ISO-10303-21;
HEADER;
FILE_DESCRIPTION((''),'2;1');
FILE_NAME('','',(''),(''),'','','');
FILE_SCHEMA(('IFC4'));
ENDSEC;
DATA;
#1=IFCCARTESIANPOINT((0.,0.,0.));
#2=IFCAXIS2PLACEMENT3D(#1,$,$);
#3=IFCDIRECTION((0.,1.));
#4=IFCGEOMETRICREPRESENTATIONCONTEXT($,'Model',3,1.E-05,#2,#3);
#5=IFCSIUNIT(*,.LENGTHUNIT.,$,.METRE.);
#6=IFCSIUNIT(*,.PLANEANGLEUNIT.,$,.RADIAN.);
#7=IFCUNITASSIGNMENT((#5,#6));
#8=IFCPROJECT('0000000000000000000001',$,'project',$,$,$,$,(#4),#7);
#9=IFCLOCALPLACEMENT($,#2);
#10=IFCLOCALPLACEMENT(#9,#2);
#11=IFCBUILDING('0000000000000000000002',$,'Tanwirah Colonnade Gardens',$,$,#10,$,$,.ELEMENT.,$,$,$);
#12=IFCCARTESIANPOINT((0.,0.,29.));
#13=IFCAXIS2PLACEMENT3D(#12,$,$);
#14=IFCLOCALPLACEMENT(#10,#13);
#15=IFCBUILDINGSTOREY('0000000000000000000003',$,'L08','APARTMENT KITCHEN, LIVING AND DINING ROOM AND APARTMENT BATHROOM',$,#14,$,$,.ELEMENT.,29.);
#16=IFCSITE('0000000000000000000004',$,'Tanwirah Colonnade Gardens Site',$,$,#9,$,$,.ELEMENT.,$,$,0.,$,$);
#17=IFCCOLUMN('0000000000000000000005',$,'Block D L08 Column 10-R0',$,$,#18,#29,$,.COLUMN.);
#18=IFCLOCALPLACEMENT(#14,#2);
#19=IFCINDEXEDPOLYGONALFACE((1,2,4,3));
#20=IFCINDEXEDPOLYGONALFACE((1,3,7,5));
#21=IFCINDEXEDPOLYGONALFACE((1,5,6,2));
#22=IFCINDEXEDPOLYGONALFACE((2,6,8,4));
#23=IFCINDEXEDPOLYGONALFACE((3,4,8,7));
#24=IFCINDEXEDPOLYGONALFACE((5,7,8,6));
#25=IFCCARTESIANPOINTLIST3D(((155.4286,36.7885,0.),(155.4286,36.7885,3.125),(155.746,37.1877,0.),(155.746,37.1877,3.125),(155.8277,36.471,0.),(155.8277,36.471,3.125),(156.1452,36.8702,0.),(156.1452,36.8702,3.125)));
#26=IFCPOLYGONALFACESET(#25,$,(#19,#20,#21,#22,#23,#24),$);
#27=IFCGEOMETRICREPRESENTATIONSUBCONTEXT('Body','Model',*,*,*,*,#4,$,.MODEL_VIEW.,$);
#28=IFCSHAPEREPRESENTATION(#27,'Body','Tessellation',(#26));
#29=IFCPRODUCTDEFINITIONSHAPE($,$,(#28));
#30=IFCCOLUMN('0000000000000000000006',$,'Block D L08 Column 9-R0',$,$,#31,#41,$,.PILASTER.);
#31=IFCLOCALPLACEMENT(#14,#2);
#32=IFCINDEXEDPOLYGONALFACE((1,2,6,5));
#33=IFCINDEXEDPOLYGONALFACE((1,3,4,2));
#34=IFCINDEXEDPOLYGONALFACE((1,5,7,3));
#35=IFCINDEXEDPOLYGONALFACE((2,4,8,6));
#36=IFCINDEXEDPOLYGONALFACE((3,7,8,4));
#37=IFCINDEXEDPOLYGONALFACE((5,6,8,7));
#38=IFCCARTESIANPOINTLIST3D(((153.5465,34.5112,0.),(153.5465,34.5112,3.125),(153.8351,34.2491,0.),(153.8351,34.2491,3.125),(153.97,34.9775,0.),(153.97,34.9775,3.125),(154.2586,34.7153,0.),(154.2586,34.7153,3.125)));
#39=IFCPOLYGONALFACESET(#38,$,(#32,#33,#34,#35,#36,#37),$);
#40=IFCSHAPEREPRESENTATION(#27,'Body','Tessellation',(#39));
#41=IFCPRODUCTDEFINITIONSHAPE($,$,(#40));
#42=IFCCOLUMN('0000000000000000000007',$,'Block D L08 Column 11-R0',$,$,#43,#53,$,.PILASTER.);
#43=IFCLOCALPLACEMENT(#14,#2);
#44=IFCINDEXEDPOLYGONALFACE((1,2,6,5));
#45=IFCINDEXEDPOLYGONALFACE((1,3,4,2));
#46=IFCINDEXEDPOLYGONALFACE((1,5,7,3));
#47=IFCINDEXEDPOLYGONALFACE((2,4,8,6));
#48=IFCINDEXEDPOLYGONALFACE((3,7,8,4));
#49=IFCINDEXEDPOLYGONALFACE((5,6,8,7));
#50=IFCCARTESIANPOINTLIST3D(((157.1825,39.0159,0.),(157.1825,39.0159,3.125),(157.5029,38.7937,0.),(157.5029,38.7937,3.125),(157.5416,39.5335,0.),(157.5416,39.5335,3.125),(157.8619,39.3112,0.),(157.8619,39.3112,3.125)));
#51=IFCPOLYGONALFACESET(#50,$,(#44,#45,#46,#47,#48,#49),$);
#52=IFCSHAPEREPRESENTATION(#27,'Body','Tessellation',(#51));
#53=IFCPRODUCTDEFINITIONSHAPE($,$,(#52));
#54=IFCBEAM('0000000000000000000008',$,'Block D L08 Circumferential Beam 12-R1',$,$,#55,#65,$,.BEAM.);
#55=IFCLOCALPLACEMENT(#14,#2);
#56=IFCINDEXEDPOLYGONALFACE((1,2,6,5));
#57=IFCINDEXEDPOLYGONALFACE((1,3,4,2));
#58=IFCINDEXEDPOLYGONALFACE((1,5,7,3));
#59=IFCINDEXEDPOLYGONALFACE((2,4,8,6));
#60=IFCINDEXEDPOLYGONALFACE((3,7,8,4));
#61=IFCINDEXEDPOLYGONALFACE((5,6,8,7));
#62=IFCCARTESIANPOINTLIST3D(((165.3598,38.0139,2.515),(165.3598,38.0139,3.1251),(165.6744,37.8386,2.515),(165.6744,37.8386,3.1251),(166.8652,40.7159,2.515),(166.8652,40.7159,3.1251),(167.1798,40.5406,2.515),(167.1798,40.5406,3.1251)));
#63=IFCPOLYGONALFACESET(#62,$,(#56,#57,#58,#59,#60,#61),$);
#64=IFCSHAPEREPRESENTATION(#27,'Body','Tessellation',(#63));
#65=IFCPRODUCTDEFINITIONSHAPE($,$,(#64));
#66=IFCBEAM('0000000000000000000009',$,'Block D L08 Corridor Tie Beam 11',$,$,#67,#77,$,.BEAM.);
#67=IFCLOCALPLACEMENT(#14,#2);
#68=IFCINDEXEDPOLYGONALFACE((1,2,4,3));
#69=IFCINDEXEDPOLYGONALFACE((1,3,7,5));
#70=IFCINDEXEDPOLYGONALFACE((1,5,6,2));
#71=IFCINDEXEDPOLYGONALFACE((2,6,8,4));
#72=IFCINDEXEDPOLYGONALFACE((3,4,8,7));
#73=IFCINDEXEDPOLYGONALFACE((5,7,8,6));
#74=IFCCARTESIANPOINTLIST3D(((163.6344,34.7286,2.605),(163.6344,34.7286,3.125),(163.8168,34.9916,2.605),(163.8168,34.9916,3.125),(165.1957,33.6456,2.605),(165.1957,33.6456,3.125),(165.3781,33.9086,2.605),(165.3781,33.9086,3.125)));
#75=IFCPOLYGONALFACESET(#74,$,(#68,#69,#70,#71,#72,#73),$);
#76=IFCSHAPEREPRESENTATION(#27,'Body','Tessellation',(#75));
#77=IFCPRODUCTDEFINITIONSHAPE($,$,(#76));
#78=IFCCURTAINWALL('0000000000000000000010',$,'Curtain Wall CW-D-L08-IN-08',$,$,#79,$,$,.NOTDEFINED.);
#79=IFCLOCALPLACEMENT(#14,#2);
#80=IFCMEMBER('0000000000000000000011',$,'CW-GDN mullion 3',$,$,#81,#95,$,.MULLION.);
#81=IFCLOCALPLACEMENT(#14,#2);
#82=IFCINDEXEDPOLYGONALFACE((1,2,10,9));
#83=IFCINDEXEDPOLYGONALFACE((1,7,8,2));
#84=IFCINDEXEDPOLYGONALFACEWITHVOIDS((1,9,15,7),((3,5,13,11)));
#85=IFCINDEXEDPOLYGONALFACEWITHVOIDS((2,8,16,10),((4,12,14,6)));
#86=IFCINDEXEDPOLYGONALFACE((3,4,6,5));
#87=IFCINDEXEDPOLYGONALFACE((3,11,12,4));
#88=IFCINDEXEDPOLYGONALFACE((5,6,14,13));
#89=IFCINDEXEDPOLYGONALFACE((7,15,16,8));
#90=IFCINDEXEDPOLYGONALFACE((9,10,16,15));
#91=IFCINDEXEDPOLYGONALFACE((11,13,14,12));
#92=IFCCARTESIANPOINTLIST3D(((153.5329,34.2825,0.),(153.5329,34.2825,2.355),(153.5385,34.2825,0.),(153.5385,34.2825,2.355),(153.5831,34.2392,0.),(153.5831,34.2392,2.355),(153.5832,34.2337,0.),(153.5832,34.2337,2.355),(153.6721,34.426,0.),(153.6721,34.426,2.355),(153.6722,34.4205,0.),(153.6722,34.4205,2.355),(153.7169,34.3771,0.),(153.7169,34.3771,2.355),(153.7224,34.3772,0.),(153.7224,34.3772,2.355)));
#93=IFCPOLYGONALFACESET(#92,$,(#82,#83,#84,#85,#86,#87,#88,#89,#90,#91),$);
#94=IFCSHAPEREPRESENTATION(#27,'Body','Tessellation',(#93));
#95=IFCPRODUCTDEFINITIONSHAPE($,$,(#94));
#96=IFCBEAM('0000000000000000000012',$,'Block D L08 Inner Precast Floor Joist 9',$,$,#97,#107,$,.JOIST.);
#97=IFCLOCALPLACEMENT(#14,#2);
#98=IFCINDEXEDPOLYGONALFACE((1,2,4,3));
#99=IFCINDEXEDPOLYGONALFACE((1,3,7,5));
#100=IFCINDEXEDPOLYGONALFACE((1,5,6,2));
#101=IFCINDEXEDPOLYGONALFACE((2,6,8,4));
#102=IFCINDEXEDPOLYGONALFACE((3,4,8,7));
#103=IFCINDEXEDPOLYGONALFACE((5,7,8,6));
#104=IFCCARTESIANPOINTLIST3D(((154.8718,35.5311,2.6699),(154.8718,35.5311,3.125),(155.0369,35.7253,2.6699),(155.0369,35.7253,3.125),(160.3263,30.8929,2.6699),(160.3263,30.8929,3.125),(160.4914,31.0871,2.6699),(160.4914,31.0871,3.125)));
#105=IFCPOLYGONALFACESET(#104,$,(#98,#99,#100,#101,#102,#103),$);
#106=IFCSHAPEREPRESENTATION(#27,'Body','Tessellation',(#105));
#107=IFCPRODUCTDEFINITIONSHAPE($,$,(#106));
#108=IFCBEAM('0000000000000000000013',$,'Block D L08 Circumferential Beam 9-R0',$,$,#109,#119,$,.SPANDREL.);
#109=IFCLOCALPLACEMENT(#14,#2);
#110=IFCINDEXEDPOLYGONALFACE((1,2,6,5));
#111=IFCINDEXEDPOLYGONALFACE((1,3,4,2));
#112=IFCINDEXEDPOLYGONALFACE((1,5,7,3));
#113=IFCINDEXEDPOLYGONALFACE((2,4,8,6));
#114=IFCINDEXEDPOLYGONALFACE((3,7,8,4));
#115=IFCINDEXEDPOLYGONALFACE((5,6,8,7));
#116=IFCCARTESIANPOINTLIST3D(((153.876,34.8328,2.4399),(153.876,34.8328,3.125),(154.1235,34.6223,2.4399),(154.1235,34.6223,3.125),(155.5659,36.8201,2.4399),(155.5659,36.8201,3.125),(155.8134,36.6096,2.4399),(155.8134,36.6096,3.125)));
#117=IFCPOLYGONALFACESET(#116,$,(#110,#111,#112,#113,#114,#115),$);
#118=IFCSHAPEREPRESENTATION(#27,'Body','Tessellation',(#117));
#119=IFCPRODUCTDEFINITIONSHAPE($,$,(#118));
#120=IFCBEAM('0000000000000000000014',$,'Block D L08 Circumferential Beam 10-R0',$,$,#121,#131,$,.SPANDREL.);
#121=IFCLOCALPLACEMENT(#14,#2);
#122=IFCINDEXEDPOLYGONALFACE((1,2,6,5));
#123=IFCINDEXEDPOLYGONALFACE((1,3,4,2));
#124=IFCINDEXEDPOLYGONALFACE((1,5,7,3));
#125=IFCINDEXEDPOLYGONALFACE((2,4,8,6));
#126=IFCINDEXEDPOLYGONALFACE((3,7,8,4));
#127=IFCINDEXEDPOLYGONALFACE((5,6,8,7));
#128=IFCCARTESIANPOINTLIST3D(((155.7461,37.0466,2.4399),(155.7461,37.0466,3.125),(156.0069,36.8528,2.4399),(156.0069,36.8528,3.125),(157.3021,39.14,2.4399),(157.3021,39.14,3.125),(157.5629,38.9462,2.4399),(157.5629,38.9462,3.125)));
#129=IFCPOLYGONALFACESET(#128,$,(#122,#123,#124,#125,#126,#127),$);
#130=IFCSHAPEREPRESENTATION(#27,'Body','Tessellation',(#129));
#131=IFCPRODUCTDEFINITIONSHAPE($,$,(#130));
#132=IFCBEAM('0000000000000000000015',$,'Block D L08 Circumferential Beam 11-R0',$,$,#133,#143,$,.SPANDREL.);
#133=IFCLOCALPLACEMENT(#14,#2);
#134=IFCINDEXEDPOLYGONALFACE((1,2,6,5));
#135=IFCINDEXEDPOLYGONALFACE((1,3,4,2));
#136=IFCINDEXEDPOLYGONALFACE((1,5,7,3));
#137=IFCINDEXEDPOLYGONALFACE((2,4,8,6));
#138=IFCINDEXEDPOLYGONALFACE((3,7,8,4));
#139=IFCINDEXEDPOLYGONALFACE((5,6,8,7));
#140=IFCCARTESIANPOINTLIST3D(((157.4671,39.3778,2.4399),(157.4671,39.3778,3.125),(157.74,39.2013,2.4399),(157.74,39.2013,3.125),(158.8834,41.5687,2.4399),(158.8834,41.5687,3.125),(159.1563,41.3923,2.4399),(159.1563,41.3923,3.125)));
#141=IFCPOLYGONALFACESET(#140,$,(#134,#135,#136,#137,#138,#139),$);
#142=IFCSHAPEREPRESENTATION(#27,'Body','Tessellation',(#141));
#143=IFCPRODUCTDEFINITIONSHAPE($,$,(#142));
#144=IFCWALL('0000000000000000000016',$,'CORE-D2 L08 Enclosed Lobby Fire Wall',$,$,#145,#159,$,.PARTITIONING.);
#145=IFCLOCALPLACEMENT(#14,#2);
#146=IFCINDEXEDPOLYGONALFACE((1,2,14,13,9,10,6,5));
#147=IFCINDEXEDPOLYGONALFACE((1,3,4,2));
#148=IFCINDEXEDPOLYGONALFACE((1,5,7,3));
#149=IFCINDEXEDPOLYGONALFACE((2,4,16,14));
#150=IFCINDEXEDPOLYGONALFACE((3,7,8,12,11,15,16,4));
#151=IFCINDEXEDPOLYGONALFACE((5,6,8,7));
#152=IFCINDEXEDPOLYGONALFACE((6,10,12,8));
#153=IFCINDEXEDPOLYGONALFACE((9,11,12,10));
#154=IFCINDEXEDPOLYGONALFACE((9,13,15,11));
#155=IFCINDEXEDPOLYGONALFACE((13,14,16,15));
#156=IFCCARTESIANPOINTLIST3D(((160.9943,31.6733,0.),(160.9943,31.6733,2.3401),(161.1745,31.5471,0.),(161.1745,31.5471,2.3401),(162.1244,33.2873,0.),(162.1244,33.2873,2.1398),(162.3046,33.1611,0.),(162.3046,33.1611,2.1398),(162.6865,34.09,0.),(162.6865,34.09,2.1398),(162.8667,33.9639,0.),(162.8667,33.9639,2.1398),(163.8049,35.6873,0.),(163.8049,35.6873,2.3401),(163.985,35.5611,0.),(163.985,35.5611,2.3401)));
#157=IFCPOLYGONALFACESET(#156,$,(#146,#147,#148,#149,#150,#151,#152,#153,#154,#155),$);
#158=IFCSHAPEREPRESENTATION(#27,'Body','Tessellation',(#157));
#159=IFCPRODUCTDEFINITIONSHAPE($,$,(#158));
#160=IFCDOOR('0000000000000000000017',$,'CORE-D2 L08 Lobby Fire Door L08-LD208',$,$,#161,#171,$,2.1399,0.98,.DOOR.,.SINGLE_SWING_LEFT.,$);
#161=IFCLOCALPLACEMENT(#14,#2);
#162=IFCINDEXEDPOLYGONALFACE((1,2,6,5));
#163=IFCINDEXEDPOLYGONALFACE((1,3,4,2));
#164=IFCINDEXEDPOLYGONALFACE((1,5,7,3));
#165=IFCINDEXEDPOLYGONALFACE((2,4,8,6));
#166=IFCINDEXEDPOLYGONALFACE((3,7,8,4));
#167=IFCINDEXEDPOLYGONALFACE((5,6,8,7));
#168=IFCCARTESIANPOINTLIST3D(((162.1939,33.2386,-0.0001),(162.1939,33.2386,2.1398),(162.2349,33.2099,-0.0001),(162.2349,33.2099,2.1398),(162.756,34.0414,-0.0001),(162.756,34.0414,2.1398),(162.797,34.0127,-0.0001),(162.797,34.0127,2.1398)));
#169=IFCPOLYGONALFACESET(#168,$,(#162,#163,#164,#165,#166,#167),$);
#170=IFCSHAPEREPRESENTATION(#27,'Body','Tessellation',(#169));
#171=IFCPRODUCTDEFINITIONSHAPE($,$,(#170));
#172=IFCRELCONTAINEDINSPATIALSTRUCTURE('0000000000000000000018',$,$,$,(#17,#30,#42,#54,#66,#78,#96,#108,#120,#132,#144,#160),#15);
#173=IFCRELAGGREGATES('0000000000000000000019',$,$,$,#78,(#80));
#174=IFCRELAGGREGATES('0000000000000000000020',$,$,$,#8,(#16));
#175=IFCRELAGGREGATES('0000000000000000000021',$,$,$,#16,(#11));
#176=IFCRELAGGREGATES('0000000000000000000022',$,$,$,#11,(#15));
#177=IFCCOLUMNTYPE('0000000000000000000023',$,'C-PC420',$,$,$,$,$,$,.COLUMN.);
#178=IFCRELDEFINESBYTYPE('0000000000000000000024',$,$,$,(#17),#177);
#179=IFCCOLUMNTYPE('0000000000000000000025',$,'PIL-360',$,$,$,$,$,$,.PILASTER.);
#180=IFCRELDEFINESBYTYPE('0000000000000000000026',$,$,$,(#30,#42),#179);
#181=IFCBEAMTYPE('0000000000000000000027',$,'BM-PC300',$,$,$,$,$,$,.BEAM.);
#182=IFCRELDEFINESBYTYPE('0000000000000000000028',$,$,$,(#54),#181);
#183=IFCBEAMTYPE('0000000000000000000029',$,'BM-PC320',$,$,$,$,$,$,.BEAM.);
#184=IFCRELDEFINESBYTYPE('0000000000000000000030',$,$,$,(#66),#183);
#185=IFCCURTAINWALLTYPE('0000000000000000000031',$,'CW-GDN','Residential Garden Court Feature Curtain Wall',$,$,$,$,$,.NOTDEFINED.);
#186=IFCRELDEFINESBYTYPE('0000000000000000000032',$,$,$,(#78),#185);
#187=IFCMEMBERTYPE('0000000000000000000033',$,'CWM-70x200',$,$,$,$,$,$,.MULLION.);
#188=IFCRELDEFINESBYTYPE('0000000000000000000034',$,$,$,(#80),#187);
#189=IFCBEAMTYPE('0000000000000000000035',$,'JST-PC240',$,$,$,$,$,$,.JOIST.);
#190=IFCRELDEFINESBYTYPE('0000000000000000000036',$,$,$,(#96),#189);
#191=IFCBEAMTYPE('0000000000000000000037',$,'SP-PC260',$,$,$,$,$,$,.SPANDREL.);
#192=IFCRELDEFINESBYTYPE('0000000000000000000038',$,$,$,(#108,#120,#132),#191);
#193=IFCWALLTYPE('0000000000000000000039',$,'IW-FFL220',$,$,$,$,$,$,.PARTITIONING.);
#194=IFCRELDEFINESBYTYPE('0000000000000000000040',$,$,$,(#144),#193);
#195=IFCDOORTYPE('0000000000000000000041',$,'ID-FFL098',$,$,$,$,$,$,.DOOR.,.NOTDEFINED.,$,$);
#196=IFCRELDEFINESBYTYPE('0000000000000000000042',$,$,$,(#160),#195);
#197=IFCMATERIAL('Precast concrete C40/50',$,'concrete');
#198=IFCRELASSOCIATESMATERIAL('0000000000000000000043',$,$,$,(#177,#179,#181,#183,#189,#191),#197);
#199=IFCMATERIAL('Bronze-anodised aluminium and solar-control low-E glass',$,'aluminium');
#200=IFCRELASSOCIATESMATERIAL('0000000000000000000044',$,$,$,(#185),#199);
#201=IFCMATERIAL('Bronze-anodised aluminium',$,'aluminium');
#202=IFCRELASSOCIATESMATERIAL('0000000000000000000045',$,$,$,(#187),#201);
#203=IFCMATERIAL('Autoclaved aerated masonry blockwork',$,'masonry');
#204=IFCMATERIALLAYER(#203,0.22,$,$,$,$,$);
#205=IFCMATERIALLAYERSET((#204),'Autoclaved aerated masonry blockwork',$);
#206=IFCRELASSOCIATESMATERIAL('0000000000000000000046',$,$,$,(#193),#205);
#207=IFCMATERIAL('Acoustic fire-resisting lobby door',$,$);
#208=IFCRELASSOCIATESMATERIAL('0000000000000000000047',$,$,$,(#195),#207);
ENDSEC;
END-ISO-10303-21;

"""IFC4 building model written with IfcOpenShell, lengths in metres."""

from ifc_helpers import new_model, si_unit, direction, frame, frame_2d, origin, origin_2d, place, context, subcontext, project, spatial, rectangle, hollow_rectangle, extrude, material, layer, layer_set, material_profile, profile_set, type_object, element, fill, aggregate, save


model = new_model("IFC4")

# Units and contexts
model_context = context("Model", 3, precision=1e-05, world=origin(), true_north=direction((0.0, 1.0)))
body_context = subcontext(model_context, "Body", "Model", "MODEL_VIEW")
ifc_project = project(units=[si_unit("LENGTHUNIT", "METRE"), si_unit("PLANEANGLEUNIT", "RADIAN")], contexts=[model_context])

# Site, building, storey
site_placement = place(None, origin())
site = spatial("IfcSite", under=ifc_project, at=site_placement, Name="Tanwirah Colonnade Gardens Site", CompositionType="ELEMENT", RefElevation=0.0)
building_placement = place(site_placement, origin())
building = spatial("IfcBuilding", under=site, at=building_placement, Name="Tanwirah Colonnade Gardens", CompositionType="ELEMENT")
storey_placement = place(building_placement, frame((0.0, 0.0, 29.0)))
storey = spatial("IfcBuildingStorey", under=building, at=storey_placement, Name="L08", Description="APARTMENT KITCHEN, LIVING AND DINING ROOM AND APARTMENT BATHROOM", CompositionType="ELEMENT", Elevation=29.0)

# Columns
ifc_material_1 = material(Name="Precast concrete C40/50", Category="concrete")
ifc_material_profile_1 = material_profile(ifc_material_1, rectangle(XDim=0.51, YDim=0.51, at=origin_2d()), Name="PC-COL 510x510")
ifc_profile_set_1 = profile_set([ifc_material_profile_1], Name="Precast concrete C40/50")
column_type_1 = type_object("IfcColumnType", Name="C-PC420", PredefinedType="COLUMN", material=ifc_profile_set_1)
column_placement = place(storey_placement, frame((155.7869, 36.8293, 0.0), z_axis=(0.0, 0.0, 1.0), x_axis=(0.782608, -0.622515, 0.0)))
element("IfcColumn", 1, at=column_placement, inside=storey, type_object=column_type_1, Name="Block D L08 Column 10-R0", PredefinedType="COLUMN", context=body_context, shape_type="SweptSolid", body=[
    extrude(rectangle(XDim=0.51, YDim=0.51, at=origin_2d()), origin(), (0.0, 0.0, 1.0), 3.125),
])
ifc_material_profile_2 = material_profile(ifc_material_1, rectangle(XDim=0.3899, YDim=0.6299, at=origin_2d()), Name="PC-PIL 390x630")
ifc_profile_set_2 = profile_set([ifc_material_profile_2], Name="Precast concrete C40/50")
column_type_2 = type_object("IfcColumnType", Name="PIL-360", PredefinedType="PILASTER", material=ifc_profile_set_2)
for number, where, z_axis, x_axis, name in (
    (2, (153.9026, 34.6133, 0.0), (0.0, 0.0, 1.0), (0.740218, -0.672367, 0.0), "Block D L08 Column 9-R0"),
    (3, (157.5222, 39.1636, 0.0), (0.0, 0.0, 1.0), (0.821647, -0.569997, 0.0), "Block D L08 Column 11-R0"),
):
    element("IfcColumn", number, at=place(storey_placement, frame(where, z_axis=z_axis, x_axis=x_axis)), inside=storey, type_object=column_type_2, Name=name, PredefinedType="PILASTER", context=body_context, shape_type="SweptSolid", body=[
        extrude(rectangle(XDim=0.3899, YDim=0.6299, at=origin_2d()), origin(), (0.0, 0.0, 1.0), 3.125),
    ])

# Beams
ifc_material_profile_3 = material_profile(ifc_material_1, rectangle(XDim=0.3601, YDim=0.6101, at=origin_2d()), Name="PC-BM 360x610")
ifc_profile_set_3 = profile_set([ifc_material_profile_3], Name="Precast concrete C40/50")
beam_type_1 = type_object("IfcBeamType", Name="BM-PC300", PredefinedType="BEAM", material=ifc_profile_set_3)
beam_1_placement = place(storey_placement, frame((165.5171, 37.9263, 2.8201), z_axis=(0.486708, 0.873565, 0.0), x_axis=(-0.873565, 0.486708, 0.0)))
element("IfcBeam", 4, at=beam_1_placement, inside=storey, type_object=beam_type_1, Name="Block D L08 Circumferential Beam 12-R1", PredefinedType="BEAM", context=body_context, shape_type="SweptSolid", body=[
    extrude(rectangle(XDim=0.3601, YDim=0.6101, at=origin_2d()), origin(), (0.0, 0.0, 1.0), 3.093),
])
ifc_material_profile_4 = material_profile(ifc_material_1, rectangle(XDim=0.3201, YDim=0.52, at=origin_2d()), Name="PC-BM 320x520")
ifc_profile_set_4 = profile_set([ifc_material_profile_4], Name="Precast concrete C40/50")
beam_type_2 = type_object("IfcBeamType", Name="BM-PC320", PredefinedType="BEAM", material=ifc_profile_set_4)
beam_2_placement = place(storey_placement, frame((163.7256, 34.8601, 2.865), z_axis=(0.821669, -0.569965, 0.0), x_axis=(0.569965, 0.821669, 0.0)))
element("IfcBeam", 5, at=beam_2_placement, inside=storey, type_object=beam_type_2, Name="Block D L08 Corridor Tie Beam 11", PredefinedType="BEAM", context=body_context, shape_type="SweptSolid", body=[
    extrude(rectangle(XDim=0.3201, YDim=0.52, at=origin_2d()), origin(), (0.0, 0.0, 1.0), 1.9001),
])

# Curtain wall, member
ifc_material_2 = material(Name="Bronze-anodised aluminium and solar-control low-E glass", Category="aluminium")
curtain_wall_type = type_object("IfcCurtainWallType", Name="CW-GDN", Description="Residential Garden Court Feature Curtain Wall", PredefinedType="NOTDEFINED", material=ifc_material_2)
curtain_wall_placement = place(storey_placement, origin())
curtain_wall = element("IfcCurtainWall", 6, at=curtain_wall_placement, inside=storey, type_object=curtain_wall_type, Name="Curtain Wall CW-D-L08-IN-08", PredefinedType="NOTDEFINED")
ifc_material_3 = material(Name="Bronze-anodised aluminium", Category="aluminium")
ifc_material_profile_5 = material_profile(ifc_material_3, hollow_rectangle(XDim=0.0701, YDim=0.2, WallThickness=0.0039, at=origin_2d()), Name="CW-MUL 70x200x4")
ifc_profile_set_5 = profile_set([ifc_material_profile_5], Name="Bronze-anodised aluminium")
member_type = type_object("IfcMemberType", Name="CWM-70x200", PredefinedType="MULLION", material=ifc_profile_set_5)
member_placement = place(storey_placement, frame((153.6277, 34.3298, 0.0), z_axis=(0.0, 0.0, 1.0), x_axis=(-0.717825, 0.696223, 0.0)))
member = element("IfcMember", 7, at=member_placement, type_object=member_type, Name="CW-GDN mullion 3", PredefinedType="MULLION", context=body_context, shape_type="SweptSolid", body=[
    extrude(hollow_rectangle(XDim=0.0701, YDim=0.2, WallThickness=0.0039, at=origin_2d()), origin(), (0.0, 0.0, 1.0), 2.355),
])
aggregate(curtain_wall, [member])

# Beams
ifc_material_profile_6 = material_profile(ifc_material_1, rectangle(XDim=0.2549, YDim=0.4551, at=origin_2d()), Name="PC-JST 255x455")
ifc_profile_set_6 = profile_set([ifc_material_profile_6], Name="Precast concrete C40/50")
beam_type_3 = type_object("IfcBeamType", Name="JST-PC240", PredefinedType="JOIST", material=ifc_profile_set_6)
beam_3_placement = place(storey_placement, frame((154.9543, 35.6282, 2.8975), z_axis=(0.761816, -0.647793, 0.0), x_axis=(0.647793, 0.761816, 0.0)))
element("IfcBeam", 8, at=beam_3_placement, inside=storey, type_object=beam_type_3, Name="Block D L08 Inner Precast Floor Joist 9", PredefinedType="JOIST", context=body_context, shape_type="SweptSolid", body=[
    extrude(rectangle(XDim=0.2549, YDim=0.4551, at=origin_2d()), origin(), (0.0, 0.0, 1.0), 7.1599),
])
ifc_material_profile_7 = material_profile(ifc_material_1, rectangle(XDim=0.325, YDim=0.6851, at=origin_2d()), Name="PC-SP 325x685")
ifc_profile_set_7 = profile_set([ifc_material_profile_7], Name="Precast concrete C40/50")
beam_type_4 = type_object("IfcBeamType", Name="SP-PC260", PredefinedType="SPANDREL", material=ifc_profile_set_7)
beam_4_placement = place(storey_placement, frame((153.9998, 34.7275, 2.7825), z_axis=(0.647811, 0.761801, 0.0), x_axis=(-0.761801, 0.647811, 0.0)))
element("IfcBeam", 9, at=beam_4_placement, inside=storey, type_object=beam_type_4, Name="Block D L08 Circumferential Beam 9-R0", PredefinedType="SPANDREL", context=body_context, shape_type="SweptSolid", body=[
    extrude(rectangle(XDim=0.325, YDim=0.6851, at=origin_2d()), origin(), (0.0, 0.0, 1.0), 2.6086),
])
beam_5_placement = place(storey_placement, frame((155.8765, 36.9497, 2.7825), z_axis=(0.596565, 0.802565, 0.0), x_axis=(-0.802565, 0.596565, 0.0)))
element("IfcBeam", 10, at=beam_5_placement, inside=storey, type_object=beam_type_4, Name="Block D L08 Circumferential Beam 10-R0", PredefinedType="SPANDREL", context=body_context, shape_type="SweptSolid", body=[
    extrude(rectangle(XDim=0.325, YDim=0.6851, at=origin_2d()), origin(), (0.0, 0.0, 1.0), 2.6084),
])
beam_6_placement = place(storey_placement, frame((157.6035, 39.2896, 2.7825), z_axis=(0.542875, 0.839814, 0.0), x_axis=(-0.839814, 0.542875, 0.0)))
element("IfcBeam", 11, at=beam_6_placement, inside=storey, type_object=beam_type_4, Name="Block D L08 Circumferential Beam 11-R0", PredefinedType="SPANDREL", context=body_context, shape_type="SweptSolid", body=[
    extrude(rectangle(XDim=0.325, YDim=0.6851, at=origin_2d()), origin(), (0.0, 0.0, 1.0), 2.6089),
])

# Wall, opening, door
ifc_material_4 = material(Name="Autoclaved aerated masonry blockwork", Category="masonry")
ifc_layer_1 = layer(ifc_material_4, 0.22)
ifc_layer_set_1 = layer_set([ifc_layer_1], Name="Autoclaved aerated masonry blockwork")
wall_type_1 = type_object("IfcWallType", Name="IW-FFL220", PredefinedType="PARTITIONING", material=ifc_layer_set_1)
wall_1_placement = place(storey_placement, frame((163.895, 35.6243, 0.0), z_axis=(0.0, 0.0, 1.0), x_axis=(-0.573573, -0.819155, 0.0)))
wall_1 = element("IfcWall", 12, at=wall_1_placement, inside=storey, type_object=wall_type_1, Name="CORE-D2 L08 Enclosed Lobby Fire Wall", PredefinedType="PARTITIONING", context=body_context, shape_type="SweptSolid", body=[
    extrude(rectangle(XDim=4.9001, YDim=0.22, at=frame_2d((2.4502, 0.0))), origin(), (0.0, 0.0, 1.0), 2.3401),
])
opening_1_placement = place(wall_1_placement, frame((1.95, 0.0, 0.0)))
opening_1 = element("IfcOpeningElement", 13, at=opening_1_placement, cuts=wall_1, PredefinedType="OPENING", context=body_context, shape_type="SweptSolid", body=[
    extrude(rectangle(XDim=0.98, YDim=2.1399, at=frame_2d((0.49, 1.0698))), frame((0.0, 0.1199, 0.0), z_axis=(0.0, -1.0, 0.0), x_axis=(1.0, 0.0, 0.0)), (0.0, 0.0, 1.0), 0.24),
])
ifc_material_5 = material(Name="Acoustic fire-resisting lobby door")
door_type_1 = type_object("IfcDoorType", Name="ID-FFL098", OperationType="NOTDEFINED", PredefinedType="DOOR", material=ifc_material_5)
door_1_placement = place(opening_1_placement, origin())
door_1 = element("IfcDoor", 14, at=door_1_placement, inside=storey, type_object=door_type_1, Name="CORE-D2 L08 Lobby Fire Door L08-LD208", OperationType="SINGLE_SWING_LEFT", OverallHeight=2.1399, OverallWidth=0.98, PredefinedType="DOOR", context=body_context, shape_type="SweptSolid", body=[
    extrude(rectangle(XDim=0.98, YDim=2.1399, at=frame_2d((0.49, 1.0698))), frame((0.0, 0.0249, 0.0), z_axis=(0.0, -1.0, 0.0), x_axis=(1.0, 0.0, 0.0)), (0.0, 0.0, 1.0), 0.05),
])
fill(opening_1, door_1)

save(model, "model.ifc")
